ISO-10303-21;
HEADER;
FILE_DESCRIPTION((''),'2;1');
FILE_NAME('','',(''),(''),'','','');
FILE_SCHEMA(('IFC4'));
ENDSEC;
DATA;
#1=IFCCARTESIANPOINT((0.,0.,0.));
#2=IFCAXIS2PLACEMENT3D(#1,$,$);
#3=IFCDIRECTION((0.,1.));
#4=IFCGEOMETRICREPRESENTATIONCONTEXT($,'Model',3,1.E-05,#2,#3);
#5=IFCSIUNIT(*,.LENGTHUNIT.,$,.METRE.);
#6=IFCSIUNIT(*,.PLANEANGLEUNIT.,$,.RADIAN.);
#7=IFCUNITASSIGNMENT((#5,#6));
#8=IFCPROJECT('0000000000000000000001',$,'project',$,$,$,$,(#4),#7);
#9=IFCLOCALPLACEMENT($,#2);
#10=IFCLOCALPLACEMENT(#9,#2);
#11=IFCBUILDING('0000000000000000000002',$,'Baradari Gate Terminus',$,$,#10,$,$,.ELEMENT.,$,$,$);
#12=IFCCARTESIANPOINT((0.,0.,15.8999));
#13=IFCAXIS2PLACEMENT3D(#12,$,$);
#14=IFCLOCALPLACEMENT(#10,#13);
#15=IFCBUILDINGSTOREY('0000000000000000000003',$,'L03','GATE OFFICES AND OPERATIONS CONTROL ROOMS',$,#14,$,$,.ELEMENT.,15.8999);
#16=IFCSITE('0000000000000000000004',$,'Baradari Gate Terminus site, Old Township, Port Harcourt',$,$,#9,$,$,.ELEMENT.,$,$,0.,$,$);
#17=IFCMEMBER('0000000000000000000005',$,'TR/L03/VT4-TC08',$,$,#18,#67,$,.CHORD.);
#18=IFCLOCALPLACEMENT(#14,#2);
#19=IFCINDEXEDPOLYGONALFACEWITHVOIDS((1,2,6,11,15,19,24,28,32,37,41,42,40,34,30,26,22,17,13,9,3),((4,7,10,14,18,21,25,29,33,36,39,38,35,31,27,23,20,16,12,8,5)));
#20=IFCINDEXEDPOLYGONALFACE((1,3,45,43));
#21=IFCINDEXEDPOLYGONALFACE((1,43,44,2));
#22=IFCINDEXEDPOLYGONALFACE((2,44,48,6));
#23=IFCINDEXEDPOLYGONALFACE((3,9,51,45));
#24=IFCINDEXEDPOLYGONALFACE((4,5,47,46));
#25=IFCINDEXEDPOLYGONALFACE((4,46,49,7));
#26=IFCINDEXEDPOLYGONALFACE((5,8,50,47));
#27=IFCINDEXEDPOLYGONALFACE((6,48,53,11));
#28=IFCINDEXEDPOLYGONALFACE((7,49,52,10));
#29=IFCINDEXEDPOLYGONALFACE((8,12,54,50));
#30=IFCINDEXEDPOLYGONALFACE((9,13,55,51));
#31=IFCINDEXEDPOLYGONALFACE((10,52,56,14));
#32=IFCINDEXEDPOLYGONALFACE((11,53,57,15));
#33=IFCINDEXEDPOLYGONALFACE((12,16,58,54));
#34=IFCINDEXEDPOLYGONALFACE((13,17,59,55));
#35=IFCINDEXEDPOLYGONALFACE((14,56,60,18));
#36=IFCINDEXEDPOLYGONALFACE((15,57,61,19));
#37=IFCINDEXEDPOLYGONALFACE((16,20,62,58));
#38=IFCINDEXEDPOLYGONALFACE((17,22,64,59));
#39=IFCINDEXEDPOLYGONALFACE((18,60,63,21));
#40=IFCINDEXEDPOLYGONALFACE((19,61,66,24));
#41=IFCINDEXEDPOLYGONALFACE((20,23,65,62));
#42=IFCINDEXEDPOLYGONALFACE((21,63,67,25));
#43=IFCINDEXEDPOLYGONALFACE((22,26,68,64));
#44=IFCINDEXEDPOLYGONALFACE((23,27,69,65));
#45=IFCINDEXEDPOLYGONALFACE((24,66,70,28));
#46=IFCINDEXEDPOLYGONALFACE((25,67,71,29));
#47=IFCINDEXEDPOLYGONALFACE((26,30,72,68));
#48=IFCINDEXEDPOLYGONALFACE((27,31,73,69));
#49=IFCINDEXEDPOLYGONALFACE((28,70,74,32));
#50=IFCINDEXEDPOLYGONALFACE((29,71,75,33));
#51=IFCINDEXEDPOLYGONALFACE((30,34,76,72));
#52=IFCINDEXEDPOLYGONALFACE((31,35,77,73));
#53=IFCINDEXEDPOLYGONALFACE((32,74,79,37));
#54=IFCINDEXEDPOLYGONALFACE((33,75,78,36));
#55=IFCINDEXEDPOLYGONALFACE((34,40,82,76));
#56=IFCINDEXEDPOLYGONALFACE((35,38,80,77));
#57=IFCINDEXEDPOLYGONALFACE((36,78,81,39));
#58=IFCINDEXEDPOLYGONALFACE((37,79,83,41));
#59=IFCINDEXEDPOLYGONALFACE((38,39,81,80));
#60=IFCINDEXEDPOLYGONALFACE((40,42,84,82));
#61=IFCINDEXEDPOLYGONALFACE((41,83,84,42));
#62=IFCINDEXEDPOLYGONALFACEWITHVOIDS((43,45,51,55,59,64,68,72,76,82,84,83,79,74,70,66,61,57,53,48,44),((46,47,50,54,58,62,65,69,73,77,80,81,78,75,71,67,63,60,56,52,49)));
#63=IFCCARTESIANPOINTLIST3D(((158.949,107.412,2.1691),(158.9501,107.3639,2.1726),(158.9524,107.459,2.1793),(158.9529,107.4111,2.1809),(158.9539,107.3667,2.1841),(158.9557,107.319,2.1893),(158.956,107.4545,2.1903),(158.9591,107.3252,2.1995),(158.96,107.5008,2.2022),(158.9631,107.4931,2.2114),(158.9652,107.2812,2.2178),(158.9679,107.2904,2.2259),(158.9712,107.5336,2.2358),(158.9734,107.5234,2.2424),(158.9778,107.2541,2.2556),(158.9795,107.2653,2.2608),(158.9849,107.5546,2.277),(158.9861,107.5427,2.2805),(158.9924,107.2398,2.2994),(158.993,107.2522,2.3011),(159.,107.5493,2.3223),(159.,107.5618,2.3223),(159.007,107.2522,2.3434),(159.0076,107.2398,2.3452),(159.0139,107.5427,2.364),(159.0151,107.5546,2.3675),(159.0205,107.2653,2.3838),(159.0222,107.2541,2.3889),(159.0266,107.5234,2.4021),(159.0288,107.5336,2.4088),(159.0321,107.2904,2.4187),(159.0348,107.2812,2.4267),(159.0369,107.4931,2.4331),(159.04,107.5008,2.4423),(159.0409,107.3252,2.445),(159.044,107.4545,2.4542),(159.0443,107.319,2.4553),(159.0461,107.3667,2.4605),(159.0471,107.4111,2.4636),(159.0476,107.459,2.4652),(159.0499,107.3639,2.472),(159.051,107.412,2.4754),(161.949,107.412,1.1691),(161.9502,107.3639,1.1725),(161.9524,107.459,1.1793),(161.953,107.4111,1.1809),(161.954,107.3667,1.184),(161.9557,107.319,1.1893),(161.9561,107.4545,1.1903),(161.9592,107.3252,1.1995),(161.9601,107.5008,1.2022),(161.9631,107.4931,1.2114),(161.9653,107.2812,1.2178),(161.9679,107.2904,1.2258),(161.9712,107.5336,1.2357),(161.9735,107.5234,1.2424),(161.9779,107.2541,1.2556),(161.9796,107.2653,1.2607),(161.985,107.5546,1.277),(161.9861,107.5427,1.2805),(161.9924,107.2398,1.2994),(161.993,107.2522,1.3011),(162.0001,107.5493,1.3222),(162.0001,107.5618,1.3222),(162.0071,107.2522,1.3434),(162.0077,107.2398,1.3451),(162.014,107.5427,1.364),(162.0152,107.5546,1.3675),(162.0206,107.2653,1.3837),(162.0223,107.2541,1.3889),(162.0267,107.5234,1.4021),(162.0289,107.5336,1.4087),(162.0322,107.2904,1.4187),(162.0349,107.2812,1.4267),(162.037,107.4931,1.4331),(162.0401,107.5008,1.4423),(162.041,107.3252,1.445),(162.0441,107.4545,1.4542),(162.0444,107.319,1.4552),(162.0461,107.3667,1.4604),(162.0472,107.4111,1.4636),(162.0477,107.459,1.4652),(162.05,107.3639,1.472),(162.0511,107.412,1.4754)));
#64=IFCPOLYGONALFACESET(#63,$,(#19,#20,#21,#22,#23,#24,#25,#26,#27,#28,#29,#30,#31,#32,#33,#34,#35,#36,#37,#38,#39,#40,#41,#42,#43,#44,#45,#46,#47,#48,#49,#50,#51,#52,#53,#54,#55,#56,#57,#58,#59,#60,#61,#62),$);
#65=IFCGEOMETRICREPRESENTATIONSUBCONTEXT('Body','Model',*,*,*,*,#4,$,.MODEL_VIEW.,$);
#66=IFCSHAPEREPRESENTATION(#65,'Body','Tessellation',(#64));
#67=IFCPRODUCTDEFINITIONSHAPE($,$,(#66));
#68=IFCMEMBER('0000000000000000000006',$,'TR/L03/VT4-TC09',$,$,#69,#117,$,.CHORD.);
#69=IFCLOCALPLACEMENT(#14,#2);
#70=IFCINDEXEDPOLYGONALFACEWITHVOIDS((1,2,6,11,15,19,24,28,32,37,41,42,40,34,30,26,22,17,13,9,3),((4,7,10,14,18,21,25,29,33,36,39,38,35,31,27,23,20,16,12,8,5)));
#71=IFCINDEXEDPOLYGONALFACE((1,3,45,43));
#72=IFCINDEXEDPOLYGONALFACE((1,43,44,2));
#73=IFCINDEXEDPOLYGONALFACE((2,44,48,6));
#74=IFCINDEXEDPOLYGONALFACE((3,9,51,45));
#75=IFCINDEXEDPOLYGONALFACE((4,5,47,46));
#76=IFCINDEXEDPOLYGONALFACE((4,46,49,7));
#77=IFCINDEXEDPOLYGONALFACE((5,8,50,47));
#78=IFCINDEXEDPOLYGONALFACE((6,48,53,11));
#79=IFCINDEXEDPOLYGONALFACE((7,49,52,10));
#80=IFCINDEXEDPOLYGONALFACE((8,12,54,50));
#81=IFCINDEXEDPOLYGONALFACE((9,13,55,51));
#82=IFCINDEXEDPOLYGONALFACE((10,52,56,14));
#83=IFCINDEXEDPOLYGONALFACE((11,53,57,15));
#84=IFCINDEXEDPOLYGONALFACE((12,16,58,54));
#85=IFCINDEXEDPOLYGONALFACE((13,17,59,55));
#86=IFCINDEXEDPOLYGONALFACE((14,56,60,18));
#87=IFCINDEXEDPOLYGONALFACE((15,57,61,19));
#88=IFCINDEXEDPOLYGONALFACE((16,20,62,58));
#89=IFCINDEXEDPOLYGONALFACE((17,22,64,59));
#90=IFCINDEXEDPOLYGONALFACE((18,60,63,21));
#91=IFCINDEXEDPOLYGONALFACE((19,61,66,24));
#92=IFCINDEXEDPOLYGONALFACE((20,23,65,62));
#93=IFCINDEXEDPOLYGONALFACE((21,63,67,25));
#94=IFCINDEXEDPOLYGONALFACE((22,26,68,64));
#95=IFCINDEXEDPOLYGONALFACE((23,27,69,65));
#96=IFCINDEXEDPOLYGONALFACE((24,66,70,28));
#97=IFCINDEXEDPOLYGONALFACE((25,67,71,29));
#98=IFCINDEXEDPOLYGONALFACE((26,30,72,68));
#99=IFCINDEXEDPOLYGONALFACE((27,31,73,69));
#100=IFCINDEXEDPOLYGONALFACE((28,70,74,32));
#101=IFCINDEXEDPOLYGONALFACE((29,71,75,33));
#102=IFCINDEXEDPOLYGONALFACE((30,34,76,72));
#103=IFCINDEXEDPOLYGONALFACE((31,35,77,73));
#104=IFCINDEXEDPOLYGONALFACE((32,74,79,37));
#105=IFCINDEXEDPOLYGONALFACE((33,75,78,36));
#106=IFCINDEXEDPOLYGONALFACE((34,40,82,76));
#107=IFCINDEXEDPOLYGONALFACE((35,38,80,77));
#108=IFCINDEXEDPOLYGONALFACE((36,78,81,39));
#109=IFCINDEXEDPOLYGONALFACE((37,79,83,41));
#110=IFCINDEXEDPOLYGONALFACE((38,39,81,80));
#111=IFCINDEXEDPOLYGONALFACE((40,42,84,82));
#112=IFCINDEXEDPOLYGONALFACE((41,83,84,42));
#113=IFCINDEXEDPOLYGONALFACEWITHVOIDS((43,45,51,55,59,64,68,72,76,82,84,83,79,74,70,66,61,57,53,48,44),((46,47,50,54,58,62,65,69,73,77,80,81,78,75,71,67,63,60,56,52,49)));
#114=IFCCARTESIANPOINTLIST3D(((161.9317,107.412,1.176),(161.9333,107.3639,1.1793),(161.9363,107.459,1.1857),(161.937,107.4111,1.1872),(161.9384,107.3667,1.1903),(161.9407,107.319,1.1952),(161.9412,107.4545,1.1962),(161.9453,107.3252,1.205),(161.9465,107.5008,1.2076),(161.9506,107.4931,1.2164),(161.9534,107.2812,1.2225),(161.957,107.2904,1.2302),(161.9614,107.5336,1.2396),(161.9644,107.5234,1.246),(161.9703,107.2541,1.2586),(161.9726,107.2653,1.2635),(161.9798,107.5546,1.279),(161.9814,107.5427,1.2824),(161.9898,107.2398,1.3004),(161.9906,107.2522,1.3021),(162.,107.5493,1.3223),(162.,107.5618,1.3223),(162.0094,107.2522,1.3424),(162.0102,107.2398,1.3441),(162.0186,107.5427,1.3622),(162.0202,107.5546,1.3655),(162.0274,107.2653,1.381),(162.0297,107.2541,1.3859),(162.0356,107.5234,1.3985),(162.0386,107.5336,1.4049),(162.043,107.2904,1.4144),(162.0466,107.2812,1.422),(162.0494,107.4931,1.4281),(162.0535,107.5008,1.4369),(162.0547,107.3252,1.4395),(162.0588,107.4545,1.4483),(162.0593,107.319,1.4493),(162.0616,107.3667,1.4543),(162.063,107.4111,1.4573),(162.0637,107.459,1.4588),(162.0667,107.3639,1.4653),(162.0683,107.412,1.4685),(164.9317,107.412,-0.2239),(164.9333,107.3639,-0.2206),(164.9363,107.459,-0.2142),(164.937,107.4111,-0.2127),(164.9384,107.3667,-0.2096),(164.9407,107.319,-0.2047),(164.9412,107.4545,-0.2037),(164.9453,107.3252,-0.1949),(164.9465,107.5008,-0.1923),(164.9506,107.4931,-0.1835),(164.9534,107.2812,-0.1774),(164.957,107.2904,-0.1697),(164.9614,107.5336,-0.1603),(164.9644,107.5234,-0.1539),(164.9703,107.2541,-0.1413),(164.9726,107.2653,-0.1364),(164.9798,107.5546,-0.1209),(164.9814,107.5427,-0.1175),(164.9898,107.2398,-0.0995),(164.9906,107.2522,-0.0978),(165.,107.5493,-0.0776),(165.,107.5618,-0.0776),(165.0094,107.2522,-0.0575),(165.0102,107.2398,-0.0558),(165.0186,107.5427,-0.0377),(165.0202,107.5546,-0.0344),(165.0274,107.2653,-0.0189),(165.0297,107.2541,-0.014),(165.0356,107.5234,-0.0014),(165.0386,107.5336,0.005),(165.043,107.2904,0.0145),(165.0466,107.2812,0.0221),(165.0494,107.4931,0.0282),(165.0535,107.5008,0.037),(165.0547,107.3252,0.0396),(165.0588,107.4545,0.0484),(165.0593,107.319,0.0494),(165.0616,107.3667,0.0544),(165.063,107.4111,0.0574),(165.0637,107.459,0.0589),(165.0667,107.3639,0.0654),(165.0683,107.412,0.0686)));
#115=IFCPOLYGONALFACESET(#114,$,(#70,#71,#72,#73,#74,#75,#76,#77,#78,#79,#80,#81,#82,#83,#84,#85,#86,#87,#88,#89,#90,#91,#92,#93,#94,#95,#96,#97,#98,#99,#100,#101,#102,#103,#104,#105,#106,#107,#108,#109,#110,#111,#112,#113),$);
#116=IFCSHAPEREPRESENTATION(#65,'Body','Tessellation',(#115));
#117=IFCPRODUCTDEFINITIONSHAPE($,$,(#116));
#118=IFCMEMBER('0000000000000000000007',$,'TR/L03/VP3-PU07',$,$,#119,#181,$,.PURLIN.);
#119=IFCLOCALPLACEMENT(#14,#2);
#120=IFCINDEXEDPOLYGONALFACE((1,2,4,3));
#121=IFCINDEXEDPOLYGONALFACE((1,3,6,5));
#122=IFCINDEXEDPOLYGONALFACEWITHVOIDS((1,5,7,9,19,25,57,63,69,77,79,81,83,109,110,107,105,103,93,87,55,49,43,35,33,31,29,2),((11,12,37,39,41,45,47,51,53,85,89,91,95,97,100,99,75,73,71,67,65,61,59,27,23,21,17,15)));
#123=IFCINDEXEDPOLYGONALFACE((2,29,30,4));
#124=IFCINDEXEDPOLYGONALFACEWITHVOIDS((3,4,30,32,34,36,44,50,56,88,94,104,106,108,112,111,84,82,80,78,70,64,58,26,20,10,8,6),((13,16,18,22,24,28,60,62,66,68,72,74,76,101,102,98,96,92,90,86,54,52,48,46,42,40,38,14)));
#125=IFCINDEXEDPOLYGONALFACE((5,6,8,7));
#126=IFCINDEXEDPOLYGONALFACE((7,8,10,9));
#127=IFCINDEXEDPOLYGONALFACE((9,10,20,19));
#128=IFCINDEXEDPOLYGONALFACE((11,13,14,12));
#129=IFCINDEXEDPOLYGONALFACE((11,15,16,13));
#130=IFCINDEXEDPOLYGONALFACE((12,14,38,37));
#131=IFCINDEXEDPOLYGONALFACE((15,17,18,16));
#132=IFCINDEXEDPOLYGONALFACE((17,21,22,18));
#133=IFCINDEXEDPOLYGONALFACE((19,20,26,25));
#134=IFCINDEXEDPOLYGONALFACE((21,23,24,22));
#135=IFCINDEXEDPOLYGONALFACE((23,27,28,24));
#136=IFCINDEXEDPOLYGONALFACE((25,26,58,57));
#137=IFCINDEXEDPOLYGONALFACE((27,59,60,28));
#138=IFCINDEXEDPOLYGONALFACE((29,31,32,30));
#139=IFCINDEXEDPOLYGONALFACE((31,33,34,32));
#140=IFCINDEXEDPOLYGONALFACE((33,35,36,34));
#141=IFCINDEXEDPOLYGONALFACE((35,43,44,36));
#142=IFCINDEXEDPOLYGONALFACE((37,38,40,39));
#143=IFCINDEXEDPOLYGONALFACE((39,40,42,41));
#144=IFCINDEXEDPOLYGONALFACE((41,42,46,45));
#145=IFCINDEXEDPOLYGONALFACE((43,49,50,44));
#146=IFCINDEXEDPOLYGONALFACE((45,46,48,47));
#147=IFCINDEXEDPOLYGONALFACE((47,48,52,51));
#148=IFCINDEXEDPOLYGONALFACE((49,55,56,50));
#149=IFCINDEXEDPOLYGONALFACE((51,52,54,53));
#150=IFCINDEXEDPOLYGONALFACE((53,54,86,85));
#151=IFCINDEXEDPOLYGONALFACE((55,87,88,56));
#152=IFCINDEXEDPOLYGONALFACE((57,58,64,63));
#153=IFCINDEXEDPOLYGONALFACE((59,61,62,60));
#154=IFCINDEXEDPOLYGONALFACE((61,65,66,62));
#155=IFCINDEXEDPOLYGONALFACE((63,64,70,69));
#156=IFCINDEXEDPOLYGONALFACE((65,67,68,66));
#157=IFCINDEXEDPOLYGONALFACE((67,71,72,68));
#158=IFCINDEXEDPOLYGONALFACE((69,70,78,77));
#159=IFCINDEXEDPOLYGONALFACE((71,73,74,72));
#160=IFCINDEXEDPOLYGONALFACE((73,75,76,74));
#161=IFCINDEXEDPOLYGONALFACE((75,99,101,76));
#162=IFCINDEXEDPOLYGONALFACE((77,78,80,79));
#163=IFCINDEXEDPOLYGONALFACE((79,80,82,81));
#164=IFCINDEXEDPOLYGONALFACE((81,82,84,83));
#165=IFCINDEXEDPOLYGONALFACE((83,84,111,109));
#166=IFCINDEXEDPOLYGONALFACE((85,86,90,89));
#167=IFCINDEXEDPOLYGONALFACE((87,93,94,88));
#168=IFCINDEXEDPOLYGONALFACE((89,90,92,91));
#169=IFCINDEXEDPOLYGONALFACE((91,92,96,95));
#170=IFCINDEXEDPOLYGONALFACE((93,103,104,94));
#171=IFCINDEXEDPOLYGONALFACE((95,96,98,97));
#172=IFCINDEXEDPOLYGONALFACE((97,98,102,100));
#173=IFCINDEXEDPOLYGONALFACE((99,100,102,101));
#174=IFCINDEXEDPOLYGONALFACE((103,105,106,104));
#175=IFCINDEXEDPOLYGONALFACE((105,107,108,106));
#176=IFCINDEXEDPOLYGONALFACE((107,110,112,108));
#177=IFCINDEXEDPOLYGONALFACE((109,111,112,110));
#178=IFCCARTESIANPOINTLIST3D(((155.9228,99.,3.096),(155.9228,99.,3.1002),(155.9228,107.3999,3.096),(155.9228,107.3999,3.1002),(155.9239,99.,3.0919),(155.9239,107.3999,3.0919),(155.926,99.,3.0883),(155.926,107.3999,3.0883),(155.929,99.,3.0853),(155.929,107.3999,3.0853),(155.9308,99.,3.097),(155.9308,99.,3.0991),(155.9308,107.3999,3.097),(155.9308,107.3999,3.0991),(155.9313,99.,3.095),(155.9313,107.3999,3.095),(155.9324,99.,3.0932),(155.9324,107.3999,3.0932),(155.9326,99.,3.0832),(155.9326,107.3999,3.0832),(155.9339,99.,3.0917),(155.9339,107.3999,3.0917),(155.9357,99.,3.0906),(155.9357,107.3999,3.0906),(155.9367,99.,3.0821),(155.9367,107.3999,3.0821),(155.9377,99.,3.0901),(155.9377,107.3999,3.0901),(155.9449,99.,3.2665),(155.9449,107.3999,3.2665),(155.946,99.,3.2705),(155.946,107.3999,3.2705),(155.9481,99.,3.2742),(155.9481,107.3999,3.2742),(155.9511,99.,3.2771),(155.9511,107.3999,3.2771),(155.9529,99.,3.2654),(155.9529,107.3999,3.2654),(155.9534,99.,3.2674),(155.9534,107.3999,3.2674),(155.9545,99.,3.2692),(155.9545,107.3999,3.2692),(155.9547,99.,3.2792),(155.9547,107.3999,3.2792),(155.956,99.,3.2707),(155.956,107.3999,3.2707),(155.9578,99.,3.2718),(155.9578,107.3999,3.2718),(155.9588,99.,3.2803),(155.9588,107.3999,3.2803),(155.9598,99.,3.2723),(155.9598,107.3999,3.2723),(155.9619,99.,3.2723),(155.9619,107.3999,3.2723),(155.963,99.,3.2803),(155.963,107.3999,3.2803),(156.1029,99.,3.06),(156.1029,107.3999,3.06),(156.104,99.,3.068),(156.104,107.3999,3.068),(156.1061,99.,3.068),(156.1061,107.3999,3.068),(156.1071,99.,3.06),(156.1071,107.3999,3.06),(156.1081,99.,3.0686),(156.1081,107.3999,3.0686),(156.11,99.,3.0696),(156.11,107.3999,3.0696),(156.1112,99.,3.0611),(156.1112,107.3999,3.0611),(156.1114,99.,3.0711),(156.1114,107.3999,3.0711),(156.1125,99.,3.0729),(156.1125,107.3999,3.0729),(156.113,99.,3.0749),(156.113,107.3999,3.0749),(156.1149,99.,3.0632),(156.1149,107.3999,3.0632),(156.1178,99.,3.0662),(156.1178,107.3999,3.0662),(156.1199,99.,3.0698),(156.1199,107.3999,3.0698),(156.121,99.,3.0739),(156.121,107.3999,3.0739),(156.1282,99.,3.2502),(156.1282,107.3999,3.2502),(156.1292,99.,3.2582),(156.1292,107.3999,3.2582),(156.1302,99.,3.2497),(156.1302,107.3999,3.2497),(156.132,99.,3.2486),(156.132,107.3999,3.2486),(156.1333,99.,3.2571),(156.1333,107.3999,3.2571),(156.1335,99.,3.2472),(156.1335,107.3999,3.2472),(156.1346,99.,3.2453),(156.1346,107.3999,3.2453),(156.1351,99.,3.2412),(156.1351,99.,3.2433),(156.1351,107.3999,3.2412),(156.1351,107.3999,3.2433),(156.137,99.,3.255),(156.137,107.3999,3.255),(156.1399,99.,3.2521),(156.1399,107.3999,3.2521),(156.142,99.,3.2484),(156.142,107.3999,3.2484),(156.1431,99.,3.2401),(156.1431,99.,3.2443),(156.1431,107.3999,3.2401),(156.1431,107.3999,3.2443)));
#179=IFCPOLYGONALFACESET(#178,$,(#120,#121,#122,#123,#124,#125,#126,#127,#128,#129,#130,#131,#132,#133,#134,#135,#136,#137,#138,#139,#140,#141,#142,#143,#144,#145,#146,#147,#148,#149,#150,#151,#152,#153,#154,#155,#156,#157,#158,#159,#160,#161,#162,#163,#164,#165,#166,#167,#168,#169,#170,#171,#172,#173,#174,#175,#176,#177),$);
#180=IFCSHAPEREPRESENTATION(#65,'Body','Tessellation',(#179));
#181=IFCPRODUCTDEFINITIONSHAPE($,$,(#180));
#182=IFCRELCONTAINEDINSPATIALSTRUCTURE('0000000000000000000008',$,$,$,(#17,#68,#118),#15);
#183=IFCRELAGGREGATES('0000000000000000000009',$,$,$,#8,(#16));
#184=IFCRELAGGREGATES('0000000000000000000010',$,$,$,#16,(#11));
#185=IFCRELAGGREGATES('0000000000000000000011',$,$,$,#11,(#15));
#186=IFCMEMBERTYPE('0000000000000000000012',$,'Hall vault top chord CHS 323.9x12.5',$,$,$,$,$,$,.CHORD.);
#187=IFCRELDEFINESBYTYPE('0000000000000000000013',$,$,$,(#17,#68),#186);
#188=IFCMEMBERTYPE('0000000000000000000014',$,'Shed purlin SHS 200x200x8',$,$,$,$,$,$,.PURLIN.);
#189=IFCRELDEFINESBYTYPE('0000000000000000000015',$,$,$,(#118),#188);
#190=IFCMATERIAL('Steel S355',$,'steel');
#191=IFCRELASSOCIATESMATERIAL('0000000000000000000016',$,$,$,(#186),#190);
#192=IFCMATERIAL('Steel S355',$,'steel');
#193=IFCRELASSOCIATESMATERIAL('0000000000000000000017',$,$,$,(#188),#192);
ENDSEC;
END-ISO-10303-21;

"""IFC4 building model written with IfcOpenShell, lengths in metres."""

from ifc_helpers import new_model, si_unit, direction, frame, origin, origin_2d, place, context, subcontext, project, spatial, hollow_rectangle, hollow_circle, extrude, material, material_profile, profile_set, type_object, element, save


model = new_model("IFC4")

# Units and contexts
model_context = context("Model", 3, precision=1e-05, world=origin(), true_north=direction((0.0, 1.0)))
body_context = subcontext(model_context, "Body", "Model", "MODEL_VIEW")
ifc_project = project(units=[si_unit("LENGTHUNIT", "METRE"), si_unit("PLANEANGLEUNIT", "RADIAN")], contexts=[model_context])

# Site, building, storey
site_placement = place(None, origin())
site = spatial("IfcSite", under=ifc_project, at=site_placement, Name="Baradari Gate Terminus site, Old Township, Port Harcourt", CompositionType="ELEMENT", RefElevation=0.0)
building_placement = place(site_placement, origin())
building = spatial("IfcBuilding", under=site, at=building_placement, Name="Baradari Gate Terminus", CompositionType="ELEMENT")
storey_placement = place(building_placement, frame((0.0, 0.0, 15.8999)))
storey = spatial("IfcBuildingStorey", under=building, at=storey_placement, Name="L03", Description="GATE OFFICES AND OPERATIONS CONTROL ROOMS", CompositionType="ELEMENT", Elevation=15.8999)

# Members
ifc_material_1 = material(Name="Steel S355", Category="steel")
ifc_material_profile_1 = material_profile(ifc_material_1, hollow_circle(Radius=0.1619, WallThickness=0.0125, at=origin_2d()), Name="CHS 323.9x12.5")
ifc_profile_set_1 = profile_set([ifc_material_profile_1], Name="Steel S355")
member_type_1 = type_object("IfcMemberType", Name="Hall vault top chord CHS 323.9x12.5", PredefinedType="CHORD", material=ifc_profile_set_1)
member_1_placement = place(storey_placement, frame((159.0, 107.3999, 2.3223), z_axis=(0.948683, 0.0, -0.316228), x_axis=(0.0, 1.0, 0.0)))
element("IfcMember", 1, at=member_1_placement, inside=storey, type_object=member_type_1, Name="TR/L03/VT4-TC08", PredefinedType="CHORD", context=body_context, shape_type="SweptSolid", body=[
    extrude(hollow_circle(Radius=0.1619, WallThickness=0.0125, at=origin_2d()), origin(), (0.0, 0.0, 1.0), 3.1624),
])
member_2_placement = place(storey_placement, frame((162.0, 107.3999, 1.3223), z_axis=(0.906194, 0.0, -0.422861), x_axis=(0.0, 1.0, 0.0)))
element("IfcMember", 2, at=member_2_placement, inside=storey, type_object=member_type_1, Name="TR/L03/VT4-TC09", PredefinedType="CHORD", context=body_context, shape_type="SweptSolid", body=[
    extrude(hollow_circle(Radius=0.1619, WallThickness=0.0125, at=origin_2d()), origin(), (0.0, 0.0, 1.0), 3.3105),
])
ifc_material_2 = material(Name="Steel S355", Category="steel")
ifc_material_profile_2 = material_profile(ifc_material_2, hollow_rectangle(XDim=0.2, YDim=0.2, WallThickness=0.0081, InnerFilletRadius=0.0081, OuterFilletRadius=0.0161, at=origin_2d()), Name="SHS 200x200x8")
ifc_profile_set_2 = profile_set([ifc_material_profile_2], Name="Steel S355")
member_type_2 = type_object("IfcMemberType", Name="Shed purlin SHS 200x200x8", PredefinedType="PURLIN", material=ifc_profile_set_2)
for number, where, z_axis, x_axis, name in (
    (3, (156.033, 99.0, 3.1702), (0.0, 1.0, 0.0), (-0.991303, 0.0, 0.131599), "TR/L03/VP3-PU07"),
):
    element("IfcMember", number, at=place(storey_placement, frame(where, z_axis=z_axis, x_axis=x_axis)), inside=storey, type_object=member_type_2, Name=name, PredefinedType="PURLIN", context=body_context, shape_type="SweptSolid", body=[
        extrude(hollow_rectangle(XDim=0.2, YDim=0.2, WallThickness=0.0081, InnerFilletRadius=0.0081, OuterFilletRadius=0.0161, at=origin_2d()), origin(), (0.0, 0.0, 1.0), 8.3999),
    ])

save(model, "model.ifc")
